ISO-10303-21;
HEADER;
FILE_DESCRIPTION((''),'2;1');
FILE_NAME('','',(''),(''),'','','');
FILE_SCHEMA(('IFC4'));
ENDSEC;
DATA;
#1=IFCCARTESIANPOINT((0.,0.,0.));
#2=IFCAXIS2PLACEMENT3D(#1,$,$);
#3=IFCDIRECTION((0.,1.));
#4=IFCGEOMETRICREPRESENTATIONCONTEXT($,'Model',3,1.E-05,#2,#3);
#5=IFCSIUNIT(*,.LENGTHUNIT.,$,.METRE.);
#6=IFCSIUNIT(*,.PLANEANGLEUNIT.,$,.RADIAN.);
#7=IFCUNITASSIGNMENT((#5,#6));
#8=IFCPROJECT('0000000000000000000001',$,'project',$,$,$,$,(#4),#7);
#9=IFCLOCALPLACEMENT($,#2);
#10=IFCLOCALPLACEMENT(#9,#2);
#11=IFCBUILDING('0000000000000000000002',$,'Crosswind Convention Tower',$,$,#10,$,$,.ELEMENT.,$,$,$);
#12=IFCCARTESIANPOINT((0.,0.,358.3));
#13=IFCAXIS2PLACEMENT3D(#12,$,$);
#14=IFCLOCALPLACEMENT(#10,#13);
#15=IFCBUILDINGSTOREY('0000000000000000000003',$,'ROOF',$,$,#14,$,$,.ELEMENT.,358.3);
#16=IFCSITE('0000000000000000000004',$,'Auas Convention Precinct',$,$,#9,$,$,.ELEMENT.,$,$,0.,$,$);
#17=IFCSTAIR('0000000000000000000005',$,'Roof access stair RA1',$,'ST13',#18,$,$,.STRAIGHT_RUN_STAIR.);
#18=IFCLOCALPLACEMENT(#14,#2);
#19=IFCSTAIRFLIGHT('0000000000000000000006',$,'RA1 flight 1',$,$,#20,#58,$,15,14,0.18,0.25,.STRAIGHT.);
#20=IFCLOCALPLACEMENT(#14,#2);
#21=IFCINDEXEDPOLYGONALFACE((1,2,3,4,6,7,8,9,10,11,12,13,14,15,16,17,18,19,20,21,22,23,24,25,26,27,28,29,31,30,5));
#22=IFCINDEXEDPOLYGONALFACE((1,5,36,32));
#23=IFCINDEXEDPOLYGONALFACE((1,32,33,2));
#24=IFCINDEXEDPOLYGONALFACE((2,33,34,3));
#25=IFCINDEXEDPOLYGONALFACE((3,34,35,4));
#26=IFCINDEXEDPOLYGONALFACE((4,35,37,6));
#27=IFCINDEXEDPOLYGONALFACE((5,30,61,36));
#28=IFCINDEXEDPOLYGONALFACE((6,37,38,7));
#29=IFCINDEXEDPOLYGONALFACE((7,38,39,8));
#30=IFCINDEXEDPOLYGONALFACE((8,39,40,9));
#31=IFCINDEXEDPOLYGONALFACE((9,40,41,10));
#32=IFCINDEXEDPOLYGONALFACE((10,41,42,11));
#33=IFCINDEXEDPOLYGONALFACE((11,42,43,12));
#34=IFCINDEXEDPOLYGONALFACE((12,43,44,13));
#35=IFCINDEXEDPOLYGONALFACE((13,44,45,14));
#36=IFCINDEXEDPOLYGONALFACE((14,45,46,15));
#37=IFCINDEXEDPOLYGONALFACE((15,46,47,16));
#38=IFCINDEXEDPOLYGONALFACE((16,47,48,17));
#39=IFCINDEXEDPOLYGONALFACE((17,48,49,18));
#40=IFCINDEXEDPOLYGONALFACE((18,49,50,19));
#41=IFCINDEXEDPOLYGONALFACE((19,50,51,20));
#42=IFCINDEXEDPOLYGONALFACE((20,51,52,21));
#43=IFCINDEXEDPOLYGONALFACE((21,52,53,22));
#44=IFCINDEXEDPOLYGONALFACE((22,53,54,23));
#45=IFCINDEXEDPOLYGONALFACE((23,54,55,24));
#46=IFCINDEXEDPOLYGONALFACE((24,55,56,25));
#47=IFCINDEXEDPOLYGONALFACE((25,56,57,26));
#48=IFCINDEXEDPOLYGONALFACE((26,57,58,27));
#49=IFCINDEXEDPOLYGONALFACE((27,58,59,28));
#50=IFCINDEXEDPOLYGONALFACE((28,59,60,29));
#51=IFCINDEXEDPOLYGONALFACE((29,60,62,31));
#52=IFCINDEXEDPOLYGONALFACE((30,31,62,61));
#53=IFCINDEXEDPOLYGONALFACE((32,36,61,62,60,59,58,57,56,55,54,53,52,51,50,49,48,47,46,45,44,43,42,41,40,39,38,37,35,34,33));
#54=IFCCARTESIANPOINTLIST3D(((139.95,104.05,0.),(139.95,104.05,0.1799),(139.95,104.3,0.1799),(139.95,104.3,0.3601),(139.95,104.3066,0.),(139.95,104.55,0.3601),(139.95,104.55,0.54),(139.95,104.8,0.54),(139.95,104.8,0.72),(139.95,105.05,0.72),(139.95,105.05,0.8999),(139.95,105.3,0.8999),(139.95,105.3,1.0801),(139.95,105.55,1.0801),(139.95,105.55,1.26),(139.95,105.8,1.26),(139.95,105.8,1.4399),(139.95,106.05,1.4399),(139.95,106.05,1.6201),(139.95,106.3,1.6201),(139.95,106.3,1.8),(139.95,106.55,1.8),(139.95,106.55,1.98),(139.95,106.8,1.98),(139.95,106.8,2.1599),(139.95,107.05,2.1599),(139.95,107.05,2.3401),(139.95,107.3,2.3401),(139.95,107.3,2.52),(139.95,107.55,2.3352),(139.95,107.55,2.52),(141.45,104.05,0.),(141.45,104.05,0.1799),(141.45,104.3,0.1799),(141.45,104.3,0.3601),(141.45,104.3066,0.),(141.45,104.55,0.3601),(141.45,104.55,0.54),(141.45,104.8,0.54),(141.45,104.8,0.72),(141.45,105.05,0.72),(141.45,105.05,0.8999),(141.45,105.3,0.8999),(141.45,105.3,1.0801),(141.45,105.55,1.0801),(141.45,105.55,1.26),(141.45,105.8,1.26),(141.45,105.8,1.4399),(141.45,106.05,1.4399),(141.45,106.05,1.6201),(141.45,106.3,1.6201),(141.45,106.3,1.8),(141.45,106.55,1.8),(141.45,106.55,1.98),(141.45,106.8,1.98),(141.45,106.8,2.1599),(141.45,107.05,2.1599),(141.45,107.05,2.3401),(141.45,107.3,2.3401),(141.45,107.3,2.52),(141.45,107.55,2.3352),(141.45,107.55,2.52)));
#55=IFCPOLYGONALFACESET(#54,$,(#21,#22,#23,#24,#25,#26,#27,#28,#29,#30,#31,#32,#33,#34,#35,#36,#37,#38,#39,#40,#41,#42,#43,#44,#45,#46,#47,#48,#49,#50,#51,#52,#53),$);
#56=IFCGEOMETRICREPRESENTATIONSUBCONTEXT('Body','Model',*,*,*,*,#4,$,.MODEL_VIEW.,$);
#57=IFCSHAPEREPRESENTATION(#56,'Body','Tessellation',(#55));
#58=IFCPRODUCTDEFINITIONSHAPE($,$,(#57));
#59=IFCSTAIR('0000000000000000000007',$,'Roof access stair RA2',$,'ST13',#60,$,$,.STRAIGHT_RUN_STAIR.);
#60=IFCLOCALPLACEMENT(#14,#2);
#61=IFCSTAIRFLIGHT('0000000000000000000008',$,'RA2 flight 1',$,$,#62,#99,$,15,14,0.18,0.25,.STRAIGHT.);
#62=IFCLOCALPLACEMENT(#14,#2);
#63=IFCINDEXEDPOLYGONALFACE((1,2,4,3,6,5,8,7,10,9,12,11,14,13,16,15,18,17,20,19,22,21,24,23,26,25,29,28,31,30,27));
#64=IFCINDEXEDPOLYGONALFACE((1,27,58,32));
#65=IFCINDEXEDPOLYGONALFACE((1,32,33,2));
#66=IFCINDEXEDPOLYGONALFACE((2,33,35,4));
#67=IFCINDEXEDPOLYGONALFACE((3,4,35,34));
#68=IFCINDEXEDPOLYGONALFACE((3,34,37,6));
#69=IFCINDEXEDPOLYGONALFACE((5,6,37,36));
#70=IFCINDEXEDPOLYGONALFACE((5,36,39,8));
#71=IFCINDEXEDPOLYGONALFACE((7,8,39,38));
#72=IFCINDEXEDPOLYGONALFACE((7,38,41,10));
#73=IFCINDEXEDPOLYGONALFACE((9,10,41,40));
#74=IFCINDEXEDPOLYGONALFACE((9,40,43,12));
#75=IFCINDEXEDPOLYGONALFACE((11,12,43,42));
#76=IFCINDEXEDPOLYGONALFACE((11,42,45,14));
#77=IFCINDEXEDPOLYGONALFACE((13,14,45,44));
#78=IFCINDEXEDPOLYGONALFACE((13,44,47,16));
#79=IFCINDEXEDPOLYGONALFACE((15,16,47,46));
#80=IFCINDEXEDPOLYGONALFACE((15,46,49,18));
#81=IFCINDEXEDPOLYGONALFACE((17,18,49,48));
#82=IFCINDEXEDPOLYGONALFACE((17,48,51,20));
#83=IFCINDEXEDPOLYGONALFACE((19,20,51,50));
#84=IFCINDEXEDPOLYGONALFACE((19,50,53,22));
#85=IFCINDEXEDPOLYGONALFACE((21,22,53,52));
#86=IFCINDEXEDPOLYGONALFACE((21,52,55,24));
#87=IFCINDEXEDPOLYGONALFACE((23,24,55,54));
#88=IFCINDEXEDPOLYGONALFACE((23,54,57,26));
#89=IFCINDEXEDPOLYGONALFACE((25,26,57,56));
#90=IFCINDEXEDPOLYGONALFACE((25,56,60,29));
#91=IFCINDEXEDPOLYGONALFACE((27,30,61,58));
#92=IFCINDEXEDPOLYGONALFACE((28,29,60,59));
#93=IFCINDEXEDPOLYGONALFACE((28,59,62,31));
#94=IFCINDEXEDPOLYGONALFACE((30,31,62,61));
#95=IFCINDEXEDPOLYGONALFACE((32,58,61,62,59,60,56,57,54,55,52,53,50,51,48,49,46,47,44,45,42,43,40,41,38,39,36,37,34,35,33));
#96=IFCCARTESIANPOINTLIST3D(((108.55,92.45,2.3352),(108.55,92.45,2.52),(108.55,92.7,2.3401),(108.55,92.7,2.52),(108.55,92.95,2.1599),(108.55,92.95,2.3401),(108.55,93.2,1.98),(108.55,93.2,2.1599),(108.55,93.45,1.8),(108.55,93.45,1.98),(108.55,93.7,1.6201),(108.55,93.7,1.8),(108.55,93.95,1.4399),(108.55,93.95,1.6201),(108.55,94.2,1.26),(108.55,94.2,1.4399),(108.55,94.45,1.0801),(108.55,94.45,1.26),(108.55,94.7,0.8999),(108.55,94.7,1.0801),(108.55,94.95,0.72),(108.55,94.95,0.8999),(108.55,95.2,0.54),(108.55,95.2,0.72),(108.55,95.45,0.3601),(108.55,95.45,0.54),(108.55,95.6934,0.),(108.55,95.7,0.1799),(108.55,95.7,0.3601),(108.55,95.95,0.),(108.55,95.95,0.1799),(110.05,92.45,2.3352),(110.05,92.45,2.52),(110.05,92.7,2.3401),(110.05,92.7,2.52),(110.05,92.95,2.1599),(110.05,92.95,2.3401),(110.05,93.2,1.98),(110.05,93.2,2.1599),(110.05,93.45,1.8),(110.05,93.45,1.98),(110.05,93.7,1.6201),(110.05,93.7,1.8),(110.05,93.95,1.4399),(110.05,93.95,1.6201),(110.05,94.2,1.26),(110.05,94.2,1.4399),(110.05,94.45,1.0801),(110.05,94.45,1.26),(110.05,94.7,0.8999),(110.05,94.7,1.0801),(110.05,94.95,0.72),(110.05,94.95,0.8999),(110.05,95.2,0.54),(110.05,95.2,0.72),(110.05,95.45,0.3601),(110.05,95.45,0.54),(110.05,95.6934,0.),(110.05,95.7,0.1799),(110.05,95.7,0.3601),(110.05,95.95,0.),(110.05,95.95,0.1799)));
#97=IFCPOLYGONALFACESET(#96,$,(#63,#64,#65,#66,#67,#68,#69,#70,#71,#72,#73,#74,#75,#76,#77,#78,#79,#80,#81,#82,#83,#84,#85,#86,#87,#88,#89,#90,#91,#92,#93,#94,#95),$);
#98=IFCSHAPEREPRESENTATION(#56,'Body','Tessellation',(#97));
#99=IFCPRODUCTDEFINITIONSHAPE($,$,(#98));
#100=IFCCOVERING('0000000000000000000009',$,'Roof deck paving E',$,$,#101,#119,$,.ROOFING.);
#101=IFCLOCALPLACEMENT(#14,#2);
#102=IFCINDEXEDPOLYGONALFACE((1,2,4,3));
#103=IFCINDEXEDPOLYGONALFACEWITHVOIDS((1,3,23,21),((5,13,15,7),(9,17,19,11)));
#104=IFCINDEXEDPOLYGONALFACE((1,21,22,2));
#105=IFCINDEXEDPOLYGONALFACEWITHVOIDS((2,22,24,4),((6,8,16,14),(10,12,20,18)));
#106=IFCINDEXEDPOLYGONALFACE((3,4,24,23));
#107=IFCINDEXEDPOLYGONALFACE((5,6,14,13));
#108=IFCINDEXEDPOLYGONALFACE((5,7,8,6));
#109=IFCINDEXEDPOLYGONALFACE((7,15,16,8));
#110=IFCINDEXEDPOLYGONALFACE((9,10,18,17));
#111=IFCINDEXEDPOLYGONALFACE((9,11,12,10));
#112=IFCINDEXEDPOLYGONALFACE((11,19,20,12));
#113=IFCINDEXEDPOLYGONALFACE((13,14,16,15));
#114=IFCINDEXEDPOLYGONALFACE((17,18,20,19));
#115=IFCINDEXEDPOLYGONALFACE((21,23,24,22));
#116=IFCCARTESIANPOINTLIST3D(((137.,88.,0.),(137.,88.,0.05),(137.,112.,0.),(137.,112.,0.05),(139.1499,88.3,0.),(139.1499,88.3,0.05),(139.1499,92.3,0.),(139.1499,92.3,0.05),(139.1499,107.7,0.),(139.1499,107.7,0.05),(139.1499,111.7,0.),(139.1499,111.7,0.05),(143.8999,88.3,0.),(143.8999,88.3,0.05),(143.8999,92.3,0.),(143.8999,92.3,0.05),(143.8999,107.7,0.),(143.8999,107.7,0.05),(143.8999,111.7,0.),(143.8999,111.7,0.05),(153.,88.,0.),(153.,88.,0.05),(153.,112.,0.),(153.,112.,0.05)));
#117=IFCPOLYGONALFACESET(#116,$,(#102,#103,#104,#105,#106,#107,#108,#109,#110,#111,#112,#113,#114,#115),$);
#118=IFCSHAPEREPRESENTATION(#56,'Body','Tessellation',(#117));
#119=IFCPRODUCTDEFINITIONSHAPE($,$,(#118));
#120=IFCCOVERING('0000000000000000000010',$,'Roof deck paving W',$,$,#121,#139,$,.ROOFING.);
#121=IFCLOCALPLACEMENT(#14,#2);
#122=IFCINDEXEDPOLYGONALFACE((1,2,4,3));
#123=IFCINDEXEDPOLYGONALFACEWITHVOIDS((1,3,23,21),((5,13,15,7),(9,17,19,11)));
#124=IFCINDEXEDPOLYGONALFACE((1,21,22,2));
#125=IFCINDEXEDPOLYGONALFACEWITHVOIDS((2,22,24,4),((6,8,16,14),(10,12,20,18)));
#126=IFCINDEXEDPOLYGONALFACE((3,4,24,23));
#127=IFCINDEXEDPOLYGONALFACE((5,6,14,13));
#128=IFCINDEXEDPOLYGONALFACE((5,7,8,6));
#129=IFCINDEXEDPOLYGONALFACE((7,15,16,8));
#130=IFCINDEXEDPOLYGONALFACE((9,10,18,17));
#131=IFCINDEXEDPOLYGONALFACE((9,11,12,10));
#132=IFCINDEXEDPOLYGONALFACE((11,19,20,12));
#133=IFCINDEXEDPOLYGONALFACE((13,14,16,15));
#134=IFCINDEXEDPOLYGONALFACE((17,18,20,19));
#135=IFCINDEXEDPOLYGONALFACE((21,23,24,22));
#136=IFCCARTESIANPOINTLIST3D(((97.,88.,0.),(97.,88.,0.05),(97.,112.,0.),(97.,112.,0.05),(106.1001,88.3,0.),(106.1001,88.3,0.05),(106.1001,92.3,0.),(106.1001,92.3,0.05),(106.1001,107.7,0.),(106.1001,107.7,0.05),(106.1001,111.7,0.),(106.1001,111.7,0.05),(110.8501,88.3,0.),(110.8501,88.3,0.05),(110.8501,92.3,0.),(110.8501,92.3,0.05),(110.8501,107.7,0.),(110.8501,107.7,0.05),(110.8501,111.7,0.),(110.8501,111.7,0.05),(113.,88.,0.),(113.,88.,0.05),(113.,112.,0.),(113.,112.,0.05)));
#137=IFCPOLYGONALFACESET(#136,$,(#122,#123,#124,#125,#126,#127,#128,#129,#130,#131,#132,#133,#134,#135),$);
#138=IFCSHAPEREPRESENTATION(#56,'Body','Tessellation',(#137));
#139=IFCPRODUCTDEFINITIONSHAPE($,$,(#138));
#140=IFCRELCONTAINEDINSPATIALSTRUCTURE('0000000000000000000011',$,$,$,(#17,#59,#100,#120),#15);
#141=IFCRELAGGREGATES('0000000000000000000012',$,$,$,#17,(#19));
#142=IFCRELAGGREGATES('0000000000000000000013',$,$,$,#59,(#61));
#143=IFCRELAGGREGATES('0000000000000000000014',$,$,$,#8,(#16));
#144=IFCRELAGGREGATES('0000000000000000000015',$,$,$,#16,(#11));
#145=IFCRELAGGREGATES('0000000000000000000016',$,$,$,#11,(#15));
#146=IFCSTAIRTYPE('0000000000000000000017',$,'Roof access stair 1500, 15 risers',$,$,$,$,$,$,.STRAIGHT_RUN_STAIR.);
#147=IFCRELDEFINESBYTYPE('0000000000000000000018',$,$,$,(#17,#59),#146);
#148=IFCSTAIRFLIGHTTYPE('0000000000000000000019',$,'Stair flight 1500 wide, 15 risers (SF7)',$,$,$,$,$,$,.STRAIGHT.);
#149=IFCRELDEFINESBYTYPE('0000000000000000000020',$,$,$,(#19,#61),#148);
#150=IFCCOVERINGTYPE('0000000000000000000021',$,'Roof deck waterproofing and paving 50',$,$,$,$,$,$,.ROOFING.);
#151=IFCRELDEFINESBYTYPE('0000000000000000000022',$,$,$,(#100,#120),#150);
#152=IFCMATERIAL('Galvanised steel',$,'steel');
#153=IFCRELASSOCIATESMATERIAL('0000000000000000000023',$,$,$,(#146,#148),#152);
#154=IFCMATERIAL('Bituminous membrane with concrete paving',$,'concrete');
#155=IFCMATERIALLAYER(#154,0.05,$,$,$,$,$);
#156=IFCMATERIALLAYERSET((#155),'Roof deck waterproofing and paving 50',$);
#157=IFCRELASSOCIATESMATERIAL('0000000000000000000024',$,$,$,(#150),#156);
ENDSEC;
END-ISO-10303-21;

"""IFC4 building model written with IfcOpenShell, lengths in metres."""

from ifc_helpers import new_model, si_unit, direction, frame, origin, place, context, subcontext, project, spatial, polyline, outline, extrude, material, layer, layer_set, type_object, element, aggregate, save


model = new_model("IFC4")

# Units and contexts
model_context = context("Model", 3, precision=1e-05, world=origin(), true_north=direction((0.0, 1.0)))
body_context = subcontext(model_context, "Body", "Model", "MODEL_VIEW")
ifc_project = project(units=[si_unit("LENGTHUNIT", "METRE"), si_unit("PLANEANGLEUNIT", "RADIAN")], contexts=[model_context])

# Site, building, storey
site_placement = place(None, origin())
site = spatial("IfcSite", under=ifc_project, at=site_placement, Name="Auas Convention Precinct", CompositionType="ELEMENT", RefElevation=0.0)
building_placement = place(site_placement, origin())
building = spatial("IfcBuilding", under=site, at=building_placement, Name="Crosswind Convention Tower", CompositionType="ELEMENT")
storey_placement = place(building_placement, frame((0.0, 0.0, 358.3)))
storey = spatial("IfcBuildingStorey", under=building, at=storey_placement, Name="ROOF", CompositionType="ELEMENT", Elevation=358.3)

# Stairs, stair flights
ifc_material_1 = material(Name="Galvanised steel", Category="steel")
stair_type = type_object("IfcStairType", Name="Roof access stair 1500, 15 risers", PredefinedType="STRAIGHT_RUN_STAIR", material=ifc_material_1)
stair_1_placement = place(storey_placement, origin())
stair_1 = element("IfcStair", 1, at=stair_1_placement, inside=storey, type_object=stair_type, Name="Roof access stair RA1", ObjectType="ST13", PredefinedType="STRAIGHT_RUN_STAIR")
stair_flight_type = type_object("IfcStairFlightType", Name="Stair flight 1500 wide, 15 risers (SF7)", PredefinedType="STRAIGHT", material=ifc_material_1)
stair_flight_1_placement = place(storey_placement, frame((140.7, 104.05, 0.0), z_axis=(0.0, 0.0, 1.0), x_axis=(0.0, 1.0, 0.0)))
stair_flight_1 = element("IfcStairFlight", 2, at=stair_flight_1_placement, type_object=stair_flight_type, Name="RA1 flight 1", NumberOfRisers=15, NumberOfTreads=14, PredefinedType="STRAIGHT", RiserHeight=0.18, TreadLength=0.25, context=body_context, shape_type="SweptSolid", body=[
    extrude(outline(polyline([(0.0, 0.0), (0.0, 0.1799), (0.25, 0.1799), (0.25, 0.3601), (0.5, 0.3601), (0.5, 0.54), (0.75, 0.54), (0.75, 0.72), (1.0, 0.72), (1.0, 0.8999), (1.25, 0.8999), (1.25, 1.0801), (1.5, 1.0801), (1.5, 1.26), (1.75, 1.26), (1.75, 1.4399), (2.0, 1.4399), (2.0, 1.6201), (2.25, 1.6201), (2.25, 1.8), (2.5, 1.8), (2.5, 1.98), (2.75, 1.98), (2.75, 2.1599), (3.0, 2.1599), (3.0, 2.3401), (3.25, 2.3401), (3.25, 2.52), (3.5, 2.52), (3.5, 2.7), (3.5, 2.3352), (0.2566, 0.0), (0.0, 0.0)])), frame((0.0, 0.75, 0.0), z_axis=(0.0, -1.0, 0.0), x_axis=(1.0, 0.0, 0.0)), (0.0, 0.0, 1.0), 1.5),
])
aggregate(stair_1, [stair_flight_1])
stair_2_placement = place(storey_placement, origin())
stair_2 = element("IfcStair", 3, at=stair_2_placement, inside=storey, type_object=stair_type, Name="Roof access stair RA2", ObjectType="ST13", PredefinedType="STRAIGHT_RUN_STAIR")
stair_flight_2_placement = place(storey_placement, frame((109.3, 95.95, 0.0), z_axis=(0.0, 0.0, 1.0), x_axis=(0.0, -1.0, 0.0)))
stair_flight_2 = element("IfcStairFlight", 4, at=stair_flight_2_placement, type_object=stair_flight_type, Name="RA2 flight 1", NumberOfRisers=15, NumberOfTreads=14, PredefinedType="STRAIGHT", RiserHeight=0.18, TreadLength=0.25, context=body_context, shape_type="SweptSolid", body=[
    extrude(outline(polyline([(0.0, 0.0), (0.0, 0.1799), (0.25, 0.1799), (0.25, 0.3601), (0.5, 0.3601), (0.5, 0.54), (0.75, 0.54), (0.75, 0.72), (1.0, 0.72), (1.0, 0.8999), (1.25, 0.8999), (1.25, 1.0801), (1.5, 1.0801), (1.5, 1.26), (1.75, 1.26), (1.75, 1.4399), (2.0, 1.4399), (2.0, 1.6201), (2.25, 1.6201), (2.25, 1.8), (2.5, 1.8), (2.5, 1.98), (2.75, 1.98), (2.75, 2.1599), (3.0, 2.1599), (3.0, 2.3401), (3.25, 2.3401), (3.25, 2.52), (3.5, 2.52), (3.5, 2.7), (3.5, 2.3352), (0.2566, 0.0), (0.0, 0.0)])), frame((0.0, 0.75, 0.0), z_axis=(0.0, -1.0, 0.0), x_axis=(1.0, 0.0, 0.0)), (0.0, 0.0, 1.0), 1.5),
])
aggregate(stair_2, [stair_flight_2])

# Coverings
ifc_material_2 = material(Name="Bituminous membrane with concrete paving", Category="concrete")
ifc_layer = layer(ifc_material_2, 0.05)
ifc_layer_set = layer_set([ifc_layer], Name="Roof deck waterproofing and paving 50")
covering_type = type_object("IfcCoveringType", Name="Roof deck waterproofing and paving 50", PredefinedType="ROOFING", material=ifc_layer_set)
covering_1_placement = place(storey_placement, origin())
element("IfcCovering", 5, at=covering_1_placement, inside=storey, type_object=covering_type, Name="Roof deck paving E", PredefinedType="ROOFING", context=body_context, shape_type="SweptSolid", body=[
    extrude(outline(polyline([(137.0, 88.0), (153.0, 88.0), (153.0, 112.0), (137.0, 112.0), (137.0, 88.0)]), holes=[polyline([(143.8999, 107.7), (143.8999, 111.7), (139.1499, 111.7), (139.1499, 107.7), (143.8999, 107.7)]), polyline([(143.8999, 88.3), (143.8999, 92.3), (139.1499, 92.3), (139.1499, 88.3), (143.8999, 88.3)])]), origin(), (0.0, 0.0, 1.0), 0.05),
])
covering_2_placement = place(storey_placement, origin())
element("IfcCovering", 6, at=covering_2_placement, inside=storey, type_object=covering_type, Name="Roof deck paving W", PredefinedType="ROOFING", context=body_context, shape_type="SweptSolid", body=[
    extrude(outline(polyline([(97.0, 88.0), (113.0, 88.0), (113.0, 112.0), (97.0, 112.0), (97.0, 88.0)]), holes=[polyline([(110.8501, 88.3), (110.8501, 92.3), (106.1001, 92.3), (106.1001, 88.3), (110.8501, 88.3)]), polyline([(110.8501, 107.7), (110.8501, 111.7), (106.1001, 111.7), (106.1001, 107.7), (110.8501, 107.7)])]), origin(), (0.0, 0.0, 1.0), 0.05),
])

save(model, "model.ifc")
